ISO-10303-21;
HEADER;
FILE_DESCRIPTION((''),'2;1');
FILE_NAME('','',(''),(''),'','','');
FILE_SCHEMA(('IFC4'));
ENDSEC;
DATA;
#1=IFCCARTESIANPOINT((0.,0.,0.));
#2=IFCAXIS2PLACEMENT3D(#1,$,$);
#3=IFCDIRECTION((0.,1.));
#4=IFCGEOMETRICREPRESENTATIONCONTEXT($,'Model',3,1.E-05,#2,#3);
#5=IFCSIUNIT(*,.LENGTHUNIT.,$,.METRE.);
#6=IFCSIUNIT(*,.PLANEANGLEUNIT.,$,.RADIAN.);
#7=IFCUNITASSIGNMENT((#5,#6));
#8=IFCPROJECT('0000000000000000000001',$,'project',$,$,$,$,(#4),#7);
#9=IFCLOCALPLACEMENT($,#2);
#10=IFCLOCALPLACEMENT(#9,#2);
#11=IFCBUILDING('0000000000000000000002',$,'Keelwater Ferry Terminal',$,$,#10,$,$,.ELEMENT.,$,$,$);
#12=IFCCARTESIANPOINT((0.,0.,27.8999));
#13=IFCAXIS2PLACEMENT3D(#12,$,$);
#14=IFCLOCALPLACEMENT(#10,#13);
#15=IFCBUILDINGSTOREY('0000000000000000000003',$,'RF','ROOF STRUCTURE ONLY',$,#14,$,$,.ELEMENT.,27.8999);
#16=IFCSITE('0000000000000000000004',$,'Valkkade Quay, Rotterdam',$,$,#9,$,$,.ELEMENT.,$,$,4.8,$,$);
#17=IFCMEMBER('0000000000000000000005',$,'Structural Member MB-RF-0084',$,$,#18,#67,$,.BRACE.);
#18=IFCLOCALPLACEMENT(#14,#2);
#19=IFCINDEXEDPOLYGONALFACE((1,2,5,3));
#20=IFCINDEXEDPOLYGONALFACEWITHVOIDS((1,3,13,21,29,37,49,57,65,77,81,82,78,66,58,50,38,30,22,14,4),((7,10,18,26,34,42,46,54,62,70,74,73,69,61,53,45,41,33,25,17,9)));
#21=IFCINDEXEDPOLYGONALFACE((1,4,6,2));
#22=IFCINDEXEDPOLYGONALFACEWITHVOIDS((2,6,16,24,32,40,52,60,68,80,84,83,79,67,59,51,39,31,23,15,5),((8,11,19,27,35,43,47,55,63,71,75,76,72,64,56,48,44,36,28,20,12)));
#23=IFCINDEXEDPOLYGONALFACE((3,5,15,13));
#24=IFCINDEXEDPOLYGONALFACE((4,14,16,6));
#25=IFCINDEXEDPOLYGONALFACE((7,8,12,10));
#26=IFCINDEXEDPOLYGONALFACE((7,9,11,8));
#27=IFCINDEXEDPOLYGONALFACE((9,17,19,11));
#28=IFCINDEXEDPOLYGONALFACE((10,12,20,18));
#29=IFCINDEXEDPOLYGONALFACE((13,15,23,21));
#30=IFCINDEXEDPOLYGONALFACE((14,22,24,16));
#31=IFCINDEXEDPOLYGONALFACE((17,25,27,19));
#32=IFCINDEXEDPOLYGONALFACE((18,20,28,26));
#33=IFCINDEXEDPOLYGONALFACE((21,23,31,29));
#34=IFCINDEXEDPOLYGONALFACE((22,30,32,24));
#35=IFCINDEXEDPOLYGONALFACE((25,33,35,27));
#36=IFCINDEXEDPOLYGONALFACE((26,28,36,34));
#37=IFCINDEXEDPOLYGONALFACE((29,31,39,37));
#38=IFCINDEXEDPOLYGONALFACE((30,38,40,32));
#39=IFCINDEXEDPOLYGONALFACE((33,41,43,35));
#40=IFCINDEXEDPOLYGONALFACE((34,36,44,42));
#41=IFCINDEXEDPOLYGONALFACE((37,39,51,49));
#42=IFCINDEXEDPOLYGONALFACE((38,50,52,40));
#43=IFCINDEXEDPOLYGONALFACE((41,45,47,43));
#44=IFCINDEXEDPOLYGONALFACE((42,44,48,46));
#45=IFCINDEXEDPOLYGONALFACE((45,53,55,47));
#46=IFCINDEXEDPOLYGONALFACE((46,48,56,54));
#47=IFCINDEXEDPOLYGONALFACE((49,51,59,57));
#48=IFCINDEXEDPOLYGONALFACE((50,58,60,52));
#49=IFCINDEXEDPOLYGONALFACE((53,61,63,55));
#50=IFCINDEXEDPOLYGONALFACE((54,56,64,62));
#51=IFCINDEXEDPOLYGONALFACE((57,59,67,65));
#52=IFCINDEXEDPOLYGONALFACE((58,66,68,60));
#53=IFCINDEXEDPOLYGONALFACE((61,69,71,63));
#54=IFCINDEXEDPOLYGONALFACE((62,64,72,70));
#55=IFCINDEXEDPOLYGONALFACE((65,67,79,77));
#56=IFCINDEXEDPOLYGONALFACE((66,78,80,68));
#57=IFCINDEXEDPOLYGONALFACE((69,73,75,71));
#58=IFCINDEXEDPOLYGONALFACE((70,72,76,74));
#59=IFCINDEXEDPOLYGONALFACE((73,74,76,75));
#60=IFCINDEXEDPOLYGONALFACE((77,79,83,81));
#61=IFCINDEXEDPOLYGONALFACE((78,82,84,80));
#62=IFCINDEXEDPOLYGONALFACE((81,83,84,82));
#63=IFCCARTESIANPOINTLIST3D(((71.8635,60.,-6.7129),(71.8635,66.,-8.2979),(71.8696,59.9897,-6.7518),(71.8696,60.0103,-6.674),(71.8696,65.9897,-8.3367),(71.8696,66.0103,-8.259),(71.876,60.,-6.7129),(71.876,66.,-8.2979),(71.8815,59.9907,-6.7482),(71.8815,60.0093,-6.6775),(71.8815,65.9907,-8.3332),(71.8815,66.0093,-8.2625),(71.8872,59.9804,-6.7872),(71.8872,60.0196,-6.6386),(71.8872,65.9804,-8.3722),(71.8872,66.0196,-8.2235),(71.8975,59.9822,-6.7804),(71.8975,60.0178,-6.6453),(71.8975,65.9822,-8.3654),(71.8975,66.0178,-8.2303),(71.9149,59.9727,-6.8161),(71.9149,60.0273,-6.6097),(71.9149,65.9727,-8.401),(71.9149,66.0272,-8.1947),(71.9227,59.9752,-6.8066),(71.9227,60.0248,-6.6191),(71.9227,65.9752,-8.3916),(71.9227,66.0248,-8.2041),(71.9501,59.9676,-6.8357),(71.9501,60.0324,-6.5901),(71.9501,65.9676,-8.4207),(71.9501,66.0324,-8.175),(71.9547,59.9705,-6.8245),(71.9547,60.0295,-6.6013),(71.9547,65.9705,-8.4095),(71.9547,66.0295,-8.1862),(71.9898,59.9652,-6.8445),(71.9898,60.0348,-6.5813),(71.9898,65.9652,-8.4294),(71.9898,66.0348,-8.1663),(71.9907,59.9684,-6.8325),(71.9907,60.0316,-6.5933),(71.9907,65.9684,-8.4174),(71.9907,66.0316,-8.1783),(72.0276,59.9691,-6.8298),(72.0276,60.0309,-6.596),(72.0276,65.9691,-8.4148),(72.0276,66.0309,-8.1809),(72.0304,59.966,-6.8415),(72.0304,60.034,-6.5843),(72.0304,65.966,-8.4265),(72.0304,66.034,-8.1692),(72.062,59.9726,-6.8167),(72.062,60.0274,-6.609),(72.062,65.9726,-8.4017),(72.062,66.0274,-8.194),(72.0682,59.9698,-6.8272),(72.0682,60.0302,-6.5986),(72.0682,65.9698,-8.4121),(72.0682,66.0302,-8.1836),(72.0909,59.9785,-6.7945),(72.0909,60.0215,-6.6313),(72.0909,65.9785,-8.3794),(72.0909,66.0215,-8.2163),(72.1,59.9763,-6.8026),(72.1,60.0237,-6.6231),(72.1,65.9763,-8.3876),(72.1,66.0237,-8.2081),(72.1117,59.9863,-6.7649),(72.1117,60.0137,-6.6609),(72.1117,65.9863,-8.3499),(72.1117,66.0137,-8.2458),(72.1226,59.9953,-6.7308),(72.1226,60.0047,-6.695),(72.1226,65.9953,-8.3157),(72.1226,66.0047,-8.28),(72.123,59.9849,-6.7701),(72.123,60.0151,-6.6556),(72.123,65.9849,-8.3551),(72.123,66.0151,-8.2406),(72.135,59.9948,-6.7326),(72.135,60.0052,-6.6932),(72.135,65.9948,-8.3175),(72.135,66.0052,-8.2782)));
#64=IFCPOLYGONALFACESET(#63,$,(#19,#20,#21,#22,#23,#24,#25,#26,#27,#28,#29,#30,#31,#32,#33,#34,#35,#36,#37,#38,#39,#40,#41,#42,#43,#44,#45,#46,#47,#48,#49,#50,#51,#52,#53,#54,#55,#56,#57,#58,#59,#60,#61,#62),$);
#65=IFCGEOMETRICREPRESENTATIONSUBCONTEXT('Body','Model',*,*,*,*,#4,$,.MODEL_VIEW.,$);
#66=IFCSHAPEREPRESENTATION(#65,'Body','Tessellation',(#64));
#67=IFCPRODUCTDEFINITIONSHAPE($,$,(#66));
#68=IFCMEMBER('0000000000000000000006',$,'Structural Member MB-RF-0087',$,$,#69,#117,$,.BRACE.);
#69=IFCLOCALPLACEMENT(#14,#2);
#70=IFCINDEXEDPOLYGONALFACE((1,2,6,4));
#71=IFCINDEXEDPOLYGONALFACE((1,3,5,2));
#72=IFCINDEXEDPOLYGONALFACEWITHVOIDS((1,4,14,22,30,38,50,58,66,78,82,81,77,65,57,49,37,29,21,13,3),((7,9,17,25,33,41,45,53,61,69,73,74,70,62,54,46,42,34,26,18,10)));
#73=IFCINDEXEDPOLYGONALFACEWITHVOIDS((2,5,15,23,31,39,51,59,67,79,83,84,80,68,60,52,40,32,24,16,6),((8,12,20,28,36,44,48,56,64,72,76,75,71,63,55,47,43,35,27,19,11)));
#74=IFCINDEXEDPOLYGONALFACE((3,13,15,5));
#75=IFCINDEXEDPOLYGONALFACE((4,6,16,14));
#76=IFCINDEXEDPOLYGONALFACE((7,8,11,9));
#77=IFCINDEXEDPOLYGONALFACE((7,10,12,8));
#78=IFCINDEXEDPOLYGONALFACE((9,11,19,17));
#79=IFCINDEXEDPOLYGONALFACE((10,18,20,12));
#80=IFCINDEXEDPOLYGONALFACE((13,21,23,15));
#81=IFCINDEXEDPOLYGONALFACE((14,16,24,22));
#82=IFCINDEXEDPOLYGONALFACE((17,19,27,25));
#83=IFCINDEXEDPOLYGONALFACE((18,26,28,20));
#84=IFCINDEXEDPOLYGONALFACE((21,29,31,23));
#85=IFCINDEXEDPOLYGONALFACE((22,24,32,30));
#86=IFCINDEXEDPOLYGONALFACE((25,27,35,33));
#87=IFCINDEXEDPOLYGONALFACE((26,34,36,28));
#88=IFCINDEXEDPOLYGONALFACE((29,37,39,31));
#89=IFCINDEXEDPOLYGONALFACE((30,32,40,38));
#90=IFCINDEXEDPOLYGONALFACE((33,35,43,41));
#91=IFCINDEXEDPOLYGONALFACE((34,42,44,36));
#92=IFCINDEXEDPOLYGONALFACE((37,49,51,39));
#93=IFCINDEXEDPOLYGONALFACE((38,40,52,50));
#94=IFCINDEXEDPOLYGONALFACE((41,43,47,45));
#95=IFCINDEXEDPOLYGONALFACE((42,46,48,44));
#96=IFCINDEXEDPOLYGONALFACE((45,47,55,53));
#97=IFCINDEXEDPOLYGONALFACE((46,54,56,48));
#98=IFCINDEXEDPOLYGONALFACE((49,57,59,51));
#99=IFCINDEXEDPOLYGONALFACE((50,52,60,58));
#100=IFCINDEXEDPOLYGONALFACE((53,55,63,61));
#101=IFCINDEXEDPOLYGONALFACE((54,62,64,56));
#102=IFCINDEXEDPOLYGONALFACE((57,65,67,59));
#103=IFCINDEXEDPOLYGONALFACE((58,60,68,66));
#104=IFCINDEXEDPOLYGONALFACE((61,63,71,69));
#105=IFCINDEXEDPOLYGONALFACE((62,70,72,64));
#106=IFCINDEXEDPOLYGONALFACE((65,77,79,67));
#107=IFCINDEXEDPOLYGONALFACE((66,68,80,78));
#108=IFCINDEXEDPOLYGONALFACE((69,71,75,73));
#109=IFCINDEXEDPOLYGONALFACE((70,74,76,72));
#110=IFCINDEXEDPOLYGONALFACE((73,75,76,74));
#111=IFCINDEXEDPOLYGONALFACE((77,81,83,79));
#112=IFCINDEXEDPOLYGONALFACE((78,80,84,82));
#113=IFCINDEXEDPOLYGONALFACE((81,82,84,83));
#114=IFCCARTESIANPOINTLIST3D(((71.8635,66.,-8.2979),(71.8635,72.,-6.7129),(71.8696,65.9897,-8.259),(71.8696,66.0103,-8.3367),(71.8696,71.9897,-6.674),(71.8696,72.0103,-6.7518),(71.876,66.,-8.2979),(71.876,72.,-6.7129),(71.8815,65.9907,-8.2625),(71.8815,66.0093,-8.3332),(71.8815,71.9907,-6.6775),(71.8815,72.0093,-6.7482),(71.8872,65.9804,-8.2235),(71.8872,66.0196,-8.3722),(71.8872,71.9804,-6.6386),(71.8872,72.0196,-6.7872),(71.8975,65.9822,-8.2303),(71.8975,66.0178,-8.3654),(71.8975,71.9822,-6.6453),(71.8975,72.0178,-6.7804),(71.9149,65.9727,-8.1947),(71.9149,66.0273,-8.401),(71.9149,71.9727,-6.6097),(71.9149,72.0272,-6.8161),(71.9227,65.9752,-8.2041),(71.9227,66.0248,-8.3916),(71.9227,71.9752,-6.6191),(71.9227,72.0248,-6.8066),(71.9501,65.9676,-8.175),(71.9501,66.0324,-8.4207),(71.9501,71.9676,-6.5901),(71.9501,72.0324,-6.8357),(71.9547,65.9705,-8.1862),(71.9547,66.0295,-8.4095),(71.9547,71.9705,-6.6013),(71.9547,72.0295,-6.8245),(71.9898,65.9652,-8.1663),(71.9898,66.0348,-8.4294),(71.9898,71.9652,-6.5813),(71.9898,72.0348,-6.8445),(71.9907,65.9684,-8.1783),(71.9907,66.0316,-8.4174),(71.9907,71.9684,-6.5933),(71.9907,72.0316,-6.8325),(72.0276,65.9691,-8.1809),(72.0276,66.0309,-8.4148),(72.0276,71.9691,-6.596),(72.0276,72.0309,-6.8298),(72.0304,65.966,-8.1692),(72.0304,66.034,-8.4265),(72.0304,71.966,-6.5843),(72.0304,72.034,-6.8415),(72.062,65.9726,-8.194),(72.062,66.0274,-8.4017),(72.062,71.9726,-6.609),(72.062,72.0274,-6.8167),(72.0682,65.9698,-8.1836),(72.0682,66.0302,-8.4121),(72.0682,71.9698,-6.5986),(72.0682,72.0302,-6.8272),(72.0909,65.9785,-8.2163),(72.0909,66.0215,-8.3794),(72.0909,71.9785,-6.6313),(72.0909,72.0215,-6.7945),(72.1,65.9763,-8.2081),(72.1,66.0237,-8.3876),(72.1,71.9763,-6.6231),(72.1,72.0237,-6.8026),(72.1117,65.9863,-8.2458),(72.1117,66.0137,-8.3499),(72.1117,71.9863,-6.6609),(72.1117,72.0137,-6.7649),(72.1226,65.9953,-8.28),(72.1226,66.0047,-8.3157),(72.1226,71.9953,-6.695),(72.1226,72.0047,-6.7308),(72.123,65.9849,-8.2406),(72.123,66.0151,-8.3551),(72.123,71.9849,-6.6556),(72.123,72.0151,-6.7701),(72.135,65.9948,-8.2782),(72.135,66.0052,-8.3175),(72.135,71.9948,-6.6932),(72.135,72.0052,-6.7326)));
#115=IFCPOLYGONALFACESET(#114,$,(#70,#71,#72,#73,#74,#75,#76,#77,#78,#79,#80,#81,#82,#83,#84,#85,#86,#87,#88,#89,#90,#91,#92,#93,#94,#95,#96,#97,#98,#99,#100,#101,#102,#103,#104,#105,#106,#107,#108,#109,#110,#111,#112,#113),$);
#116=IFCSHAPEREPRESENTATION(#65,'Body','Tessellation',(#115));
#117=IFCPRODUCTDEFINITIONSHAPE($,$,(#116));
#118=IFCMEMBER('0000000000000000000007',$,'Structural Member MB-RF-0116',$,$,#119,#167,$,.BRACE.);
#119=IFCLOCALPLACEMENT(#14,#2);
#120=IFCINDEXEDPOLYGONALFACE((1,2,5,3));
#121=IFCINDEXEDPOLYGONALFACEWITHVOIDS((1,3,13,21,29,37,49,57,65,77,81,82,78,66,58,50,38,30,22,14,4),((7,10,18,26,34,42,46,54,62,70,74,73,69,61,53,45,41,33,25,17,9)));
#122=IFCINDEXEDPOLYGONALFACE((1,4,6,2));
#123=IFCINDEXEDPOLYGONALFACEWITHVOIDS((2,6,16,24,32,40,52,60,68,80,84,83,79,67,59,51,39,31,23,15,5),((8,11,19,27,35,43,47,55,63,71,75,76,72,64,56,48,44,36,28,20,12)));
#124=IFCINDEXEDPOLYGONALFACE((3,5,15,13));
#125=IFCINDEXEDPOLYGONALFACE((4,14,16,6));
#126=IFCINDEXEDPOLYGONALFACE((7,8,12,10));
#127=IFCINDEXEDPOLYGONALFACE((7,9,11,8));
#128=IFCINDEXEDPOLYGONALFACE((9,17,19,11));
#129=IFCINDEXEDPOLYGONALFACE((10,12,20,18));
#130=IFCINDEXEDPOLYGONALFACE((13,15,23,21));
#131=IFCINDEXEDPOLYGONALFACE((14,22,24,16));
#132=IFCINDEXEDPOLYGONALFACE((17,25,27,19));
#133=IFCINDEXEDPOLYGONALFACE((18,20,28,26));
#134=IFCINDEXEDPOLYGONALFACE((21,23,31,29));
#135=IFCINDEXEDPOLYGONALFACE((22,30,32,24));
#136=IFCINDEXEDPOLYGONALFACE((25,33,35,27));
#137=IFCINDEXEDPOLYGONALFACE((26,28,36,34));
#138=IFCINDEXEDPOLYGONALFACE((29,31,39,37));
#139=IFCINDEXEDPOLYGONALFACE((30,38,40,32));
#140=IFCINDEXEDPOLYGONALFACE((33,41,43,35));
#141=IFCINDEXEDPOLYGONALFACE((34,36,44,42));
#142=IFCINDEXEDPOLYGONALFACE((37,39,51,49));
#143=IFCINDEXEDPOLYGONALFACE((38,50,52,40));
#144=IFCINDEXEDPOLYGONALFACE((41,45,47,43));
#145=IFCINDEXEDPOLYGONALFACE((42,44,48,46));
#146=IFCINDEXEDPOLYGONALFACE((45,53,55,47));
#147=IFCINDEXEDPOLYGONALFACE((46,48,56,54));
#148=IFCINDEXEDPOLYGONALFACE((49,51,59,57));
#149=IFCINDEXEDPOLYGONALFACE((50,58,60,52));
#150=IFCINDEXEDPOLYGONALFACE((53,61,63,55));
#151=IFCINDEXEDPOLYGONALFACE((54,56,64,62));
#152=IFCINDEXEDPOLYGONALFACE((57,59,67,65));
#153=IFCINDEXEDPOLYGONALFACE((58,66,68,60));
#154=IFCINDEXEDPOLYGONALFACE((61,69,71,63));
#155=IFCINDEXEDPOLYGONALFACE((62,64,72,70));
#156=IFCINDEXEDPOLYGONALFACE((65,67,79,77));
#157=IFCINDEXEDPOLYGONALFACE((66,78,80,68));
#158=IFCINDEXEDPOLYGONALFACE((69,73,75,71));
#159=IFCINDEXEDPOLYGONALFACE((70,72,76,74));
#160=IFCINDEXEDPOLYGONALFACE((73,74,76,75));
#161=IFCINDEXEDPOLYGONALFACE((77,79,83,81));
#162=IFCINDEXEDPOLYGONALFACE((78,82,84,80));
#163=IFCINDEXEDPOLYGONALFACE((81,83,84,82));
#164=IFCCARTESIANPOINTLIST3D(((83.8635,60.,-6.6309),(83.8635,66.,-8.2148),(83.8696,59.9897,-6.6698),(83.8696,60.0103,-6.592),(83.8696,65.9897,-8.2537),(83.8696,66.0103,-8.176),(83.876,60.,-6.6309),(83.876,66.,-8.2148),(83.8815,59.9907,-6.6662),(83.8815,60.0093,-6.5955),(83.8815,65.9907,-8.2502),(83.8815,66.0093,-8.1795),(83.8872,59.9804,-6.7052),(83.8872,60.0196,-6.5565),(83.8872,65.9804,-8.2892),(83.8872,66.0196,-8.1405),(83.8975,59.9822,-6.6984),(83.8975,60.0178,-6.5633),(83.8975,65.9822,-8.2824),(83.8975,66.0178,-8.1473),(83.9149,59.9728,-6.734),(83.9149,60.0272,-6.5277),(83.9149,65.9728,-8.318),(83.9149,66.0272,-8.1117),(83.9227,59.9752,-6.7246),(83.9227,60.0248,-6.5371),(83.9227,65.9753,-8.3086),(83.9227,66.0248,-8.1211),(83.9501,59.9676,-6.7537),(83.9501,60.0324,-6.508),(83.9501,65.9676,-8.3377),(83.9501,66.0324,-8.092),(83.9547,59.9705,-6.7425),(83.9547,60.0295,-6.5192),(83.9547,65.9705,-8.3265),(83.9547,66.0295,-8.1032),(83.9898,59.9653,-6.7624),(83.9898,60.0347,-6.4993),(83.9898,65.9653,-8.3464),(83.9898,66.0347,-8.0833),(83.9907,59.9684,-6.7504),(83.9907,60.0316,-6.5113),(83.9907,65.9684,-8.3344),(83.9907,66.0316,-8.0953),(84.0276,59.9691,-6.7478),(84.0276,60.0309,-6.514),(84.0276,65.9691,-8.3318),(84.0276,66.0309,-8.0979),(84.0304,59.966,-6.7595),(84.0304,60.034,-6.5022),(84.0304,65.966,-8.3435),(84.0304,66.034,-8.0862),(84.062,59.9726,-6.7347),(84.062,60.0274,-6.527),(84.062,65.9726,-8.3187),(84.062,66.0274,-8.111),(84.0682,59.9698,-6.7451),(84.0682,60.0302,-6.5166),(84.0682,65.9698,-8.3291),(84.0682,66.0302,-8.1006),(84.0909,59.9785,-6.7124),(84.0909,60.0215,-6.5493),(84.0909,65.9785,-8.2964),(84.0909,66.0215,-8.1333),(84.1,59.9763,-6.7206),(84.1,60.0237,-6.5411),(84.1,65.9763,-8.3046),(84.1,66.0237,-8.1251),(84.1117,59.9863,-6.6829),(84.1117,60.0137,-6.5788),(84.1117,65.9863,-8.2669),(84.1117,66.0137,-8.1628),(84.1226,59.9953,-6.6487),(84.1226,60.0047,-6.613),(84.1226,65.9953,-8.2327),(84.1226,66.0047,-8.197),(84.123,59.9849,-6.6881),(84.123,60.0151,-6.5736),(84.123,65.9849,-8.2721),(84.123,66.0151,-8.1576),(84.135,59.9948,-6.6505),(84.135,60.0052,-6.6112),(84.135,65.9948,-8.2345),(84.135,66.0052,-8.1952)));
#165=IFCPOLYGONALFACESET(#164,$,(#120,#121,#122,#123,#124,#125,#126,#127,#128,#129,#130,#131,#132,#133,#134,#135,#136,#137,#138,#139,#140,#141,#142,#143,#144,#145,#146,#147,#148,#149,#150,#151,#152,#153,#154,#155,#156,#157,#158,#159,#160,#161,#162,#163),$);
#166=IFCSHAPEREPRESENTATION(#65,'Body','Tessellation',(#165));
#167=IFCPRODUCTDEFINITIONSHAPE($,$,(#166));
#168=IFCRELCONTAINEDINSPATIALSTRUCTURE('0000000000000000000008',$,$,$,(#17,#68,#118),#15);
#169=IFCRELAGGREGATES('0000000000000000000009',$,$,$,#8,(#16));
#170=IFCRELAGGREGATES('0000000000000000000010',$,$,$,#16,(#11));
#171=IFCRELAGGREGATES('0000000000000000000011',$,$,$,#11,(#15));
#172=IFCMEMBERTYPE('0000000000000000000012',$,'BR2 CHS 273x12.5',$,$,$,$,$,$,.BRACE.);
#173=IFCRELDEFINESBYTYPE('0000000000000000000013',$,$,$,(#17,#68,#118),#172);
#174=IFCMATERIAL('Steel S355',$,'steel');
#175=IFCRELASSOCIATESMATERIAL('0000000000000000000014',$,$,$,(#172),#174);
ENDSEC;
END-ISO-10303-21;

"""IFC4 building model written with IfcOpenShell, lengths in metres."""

from ifc_helpers import new_model, si_unit, direction, frame, origin, origin_2d, place, context, subcontext, project, spatial, hollow_circle, extrude, material, material_profile, profile_set, type_object, element, save


model = new_model("IFC4")

# Units and contexts
model_context = context("Model", 3, precision=1e-05, world=origin(), true_north=direction((0.0, 1.0)))
body_context = subcontext(model_context, "Body", "Model", "MODEL_VIEW")
ifc_project = project(units=[si_unit("LENGTHUNIT", "METRE"), si_unit("PLANEANGLEUNIT", "RADIAN")], contexts=[model_context])

# Site, building, storey
site_placement = place(None, origin())
site = spatial("IfcSite", under=ifc_project, at=site_placement, Name="Valkkade Quay, Rotterdam", CompositionType="ELEMENT", RefElevation=4.8)
building_placement = place(site_placement, origin())
building = spatial("IfcBuilding", under=site, at=building_placement, Name="Keelwater Ferry Terminal", CompositionType="ELEMENT")
storey_placement = place(building_placement, frame((0.0, 0.0, 27.8999)))
storey = spatial("IfcBuildingStorey", under=building, at=storey_placement, Name="RF", Description="ROOF STRUCTURE ONLY", CompositionType="ELEMENT", Elevation=27.8999)

# Members
ifc_material_1 = material(Name="Steel S355", Category="steel")
ifc_material_profile_1 = material_profile(ifc_material_1, hollow_circle(Radius=0.1365, WallThickness=0.0125, at=origin_2d()), Name="CHS 273x12.5")
ifc_profile_set_1 = profile_set([ifc_material_profile_1], Name="Steel S355")
member_type_1 = type_object("IfcMemberType", Name="BR2 CHS 273x12.5", PredefinedType="BRACE", material=ifc_profile_set_1)
for number, where, z_axis, x_axis, name in (
    (1, (72.0, 60.0, -6.7129), (0.0, 0.966836, -0.255399), (-1.0, 0.0, 0.0), "Structural Member MB-RF-0084"),
    (2, (72.0, 66.0, -8.2979), (0.0, 0.966836, 0.255399), (-1.0, 0.0, 0.0), "Structural Member MB-RF-0087"),
):
    element("IfcMember", number, at=place(storey_placement, frame(where, z_axis=z_axis, x_axis=x_axis)), inside=storey, type_object=member_type_1, Name=name, PredefinedType="BRACE", context=body_context, shape_type="SweptSolid", body=[
        extrude(hollow_circle(Radius=0.1365, WallThickness=0.0125, at=origin_2d()), origin(), (0.0, 0.0, 1.0), 6.2058),
    ])
for number, where, z_axis, x_axis, name in (
    (3, (84.0, 60.0, -6.6309), (0.0, 0.966874, -0.255252), (-1.0, 0.0, 0.0), "Structural Member MB-RF-0116"),
):
    element("IfcMember", number, at=place(storey_placement, frame(where, z_axis=z_axis, x_axis=x_axis)), inside=storey, type_object=member_type_1, Name=name, PredefinedType="BRACE", context=body_context, shape_type="SweptSolid", body=[
        extrude(hollow_circle(Radius=0.1365, WallThickness=0.0125, at=origin_2d()), origin(), (0.0, 0.0, 1.0), 6.2056),
    ])

save(model, "model.ifc")
